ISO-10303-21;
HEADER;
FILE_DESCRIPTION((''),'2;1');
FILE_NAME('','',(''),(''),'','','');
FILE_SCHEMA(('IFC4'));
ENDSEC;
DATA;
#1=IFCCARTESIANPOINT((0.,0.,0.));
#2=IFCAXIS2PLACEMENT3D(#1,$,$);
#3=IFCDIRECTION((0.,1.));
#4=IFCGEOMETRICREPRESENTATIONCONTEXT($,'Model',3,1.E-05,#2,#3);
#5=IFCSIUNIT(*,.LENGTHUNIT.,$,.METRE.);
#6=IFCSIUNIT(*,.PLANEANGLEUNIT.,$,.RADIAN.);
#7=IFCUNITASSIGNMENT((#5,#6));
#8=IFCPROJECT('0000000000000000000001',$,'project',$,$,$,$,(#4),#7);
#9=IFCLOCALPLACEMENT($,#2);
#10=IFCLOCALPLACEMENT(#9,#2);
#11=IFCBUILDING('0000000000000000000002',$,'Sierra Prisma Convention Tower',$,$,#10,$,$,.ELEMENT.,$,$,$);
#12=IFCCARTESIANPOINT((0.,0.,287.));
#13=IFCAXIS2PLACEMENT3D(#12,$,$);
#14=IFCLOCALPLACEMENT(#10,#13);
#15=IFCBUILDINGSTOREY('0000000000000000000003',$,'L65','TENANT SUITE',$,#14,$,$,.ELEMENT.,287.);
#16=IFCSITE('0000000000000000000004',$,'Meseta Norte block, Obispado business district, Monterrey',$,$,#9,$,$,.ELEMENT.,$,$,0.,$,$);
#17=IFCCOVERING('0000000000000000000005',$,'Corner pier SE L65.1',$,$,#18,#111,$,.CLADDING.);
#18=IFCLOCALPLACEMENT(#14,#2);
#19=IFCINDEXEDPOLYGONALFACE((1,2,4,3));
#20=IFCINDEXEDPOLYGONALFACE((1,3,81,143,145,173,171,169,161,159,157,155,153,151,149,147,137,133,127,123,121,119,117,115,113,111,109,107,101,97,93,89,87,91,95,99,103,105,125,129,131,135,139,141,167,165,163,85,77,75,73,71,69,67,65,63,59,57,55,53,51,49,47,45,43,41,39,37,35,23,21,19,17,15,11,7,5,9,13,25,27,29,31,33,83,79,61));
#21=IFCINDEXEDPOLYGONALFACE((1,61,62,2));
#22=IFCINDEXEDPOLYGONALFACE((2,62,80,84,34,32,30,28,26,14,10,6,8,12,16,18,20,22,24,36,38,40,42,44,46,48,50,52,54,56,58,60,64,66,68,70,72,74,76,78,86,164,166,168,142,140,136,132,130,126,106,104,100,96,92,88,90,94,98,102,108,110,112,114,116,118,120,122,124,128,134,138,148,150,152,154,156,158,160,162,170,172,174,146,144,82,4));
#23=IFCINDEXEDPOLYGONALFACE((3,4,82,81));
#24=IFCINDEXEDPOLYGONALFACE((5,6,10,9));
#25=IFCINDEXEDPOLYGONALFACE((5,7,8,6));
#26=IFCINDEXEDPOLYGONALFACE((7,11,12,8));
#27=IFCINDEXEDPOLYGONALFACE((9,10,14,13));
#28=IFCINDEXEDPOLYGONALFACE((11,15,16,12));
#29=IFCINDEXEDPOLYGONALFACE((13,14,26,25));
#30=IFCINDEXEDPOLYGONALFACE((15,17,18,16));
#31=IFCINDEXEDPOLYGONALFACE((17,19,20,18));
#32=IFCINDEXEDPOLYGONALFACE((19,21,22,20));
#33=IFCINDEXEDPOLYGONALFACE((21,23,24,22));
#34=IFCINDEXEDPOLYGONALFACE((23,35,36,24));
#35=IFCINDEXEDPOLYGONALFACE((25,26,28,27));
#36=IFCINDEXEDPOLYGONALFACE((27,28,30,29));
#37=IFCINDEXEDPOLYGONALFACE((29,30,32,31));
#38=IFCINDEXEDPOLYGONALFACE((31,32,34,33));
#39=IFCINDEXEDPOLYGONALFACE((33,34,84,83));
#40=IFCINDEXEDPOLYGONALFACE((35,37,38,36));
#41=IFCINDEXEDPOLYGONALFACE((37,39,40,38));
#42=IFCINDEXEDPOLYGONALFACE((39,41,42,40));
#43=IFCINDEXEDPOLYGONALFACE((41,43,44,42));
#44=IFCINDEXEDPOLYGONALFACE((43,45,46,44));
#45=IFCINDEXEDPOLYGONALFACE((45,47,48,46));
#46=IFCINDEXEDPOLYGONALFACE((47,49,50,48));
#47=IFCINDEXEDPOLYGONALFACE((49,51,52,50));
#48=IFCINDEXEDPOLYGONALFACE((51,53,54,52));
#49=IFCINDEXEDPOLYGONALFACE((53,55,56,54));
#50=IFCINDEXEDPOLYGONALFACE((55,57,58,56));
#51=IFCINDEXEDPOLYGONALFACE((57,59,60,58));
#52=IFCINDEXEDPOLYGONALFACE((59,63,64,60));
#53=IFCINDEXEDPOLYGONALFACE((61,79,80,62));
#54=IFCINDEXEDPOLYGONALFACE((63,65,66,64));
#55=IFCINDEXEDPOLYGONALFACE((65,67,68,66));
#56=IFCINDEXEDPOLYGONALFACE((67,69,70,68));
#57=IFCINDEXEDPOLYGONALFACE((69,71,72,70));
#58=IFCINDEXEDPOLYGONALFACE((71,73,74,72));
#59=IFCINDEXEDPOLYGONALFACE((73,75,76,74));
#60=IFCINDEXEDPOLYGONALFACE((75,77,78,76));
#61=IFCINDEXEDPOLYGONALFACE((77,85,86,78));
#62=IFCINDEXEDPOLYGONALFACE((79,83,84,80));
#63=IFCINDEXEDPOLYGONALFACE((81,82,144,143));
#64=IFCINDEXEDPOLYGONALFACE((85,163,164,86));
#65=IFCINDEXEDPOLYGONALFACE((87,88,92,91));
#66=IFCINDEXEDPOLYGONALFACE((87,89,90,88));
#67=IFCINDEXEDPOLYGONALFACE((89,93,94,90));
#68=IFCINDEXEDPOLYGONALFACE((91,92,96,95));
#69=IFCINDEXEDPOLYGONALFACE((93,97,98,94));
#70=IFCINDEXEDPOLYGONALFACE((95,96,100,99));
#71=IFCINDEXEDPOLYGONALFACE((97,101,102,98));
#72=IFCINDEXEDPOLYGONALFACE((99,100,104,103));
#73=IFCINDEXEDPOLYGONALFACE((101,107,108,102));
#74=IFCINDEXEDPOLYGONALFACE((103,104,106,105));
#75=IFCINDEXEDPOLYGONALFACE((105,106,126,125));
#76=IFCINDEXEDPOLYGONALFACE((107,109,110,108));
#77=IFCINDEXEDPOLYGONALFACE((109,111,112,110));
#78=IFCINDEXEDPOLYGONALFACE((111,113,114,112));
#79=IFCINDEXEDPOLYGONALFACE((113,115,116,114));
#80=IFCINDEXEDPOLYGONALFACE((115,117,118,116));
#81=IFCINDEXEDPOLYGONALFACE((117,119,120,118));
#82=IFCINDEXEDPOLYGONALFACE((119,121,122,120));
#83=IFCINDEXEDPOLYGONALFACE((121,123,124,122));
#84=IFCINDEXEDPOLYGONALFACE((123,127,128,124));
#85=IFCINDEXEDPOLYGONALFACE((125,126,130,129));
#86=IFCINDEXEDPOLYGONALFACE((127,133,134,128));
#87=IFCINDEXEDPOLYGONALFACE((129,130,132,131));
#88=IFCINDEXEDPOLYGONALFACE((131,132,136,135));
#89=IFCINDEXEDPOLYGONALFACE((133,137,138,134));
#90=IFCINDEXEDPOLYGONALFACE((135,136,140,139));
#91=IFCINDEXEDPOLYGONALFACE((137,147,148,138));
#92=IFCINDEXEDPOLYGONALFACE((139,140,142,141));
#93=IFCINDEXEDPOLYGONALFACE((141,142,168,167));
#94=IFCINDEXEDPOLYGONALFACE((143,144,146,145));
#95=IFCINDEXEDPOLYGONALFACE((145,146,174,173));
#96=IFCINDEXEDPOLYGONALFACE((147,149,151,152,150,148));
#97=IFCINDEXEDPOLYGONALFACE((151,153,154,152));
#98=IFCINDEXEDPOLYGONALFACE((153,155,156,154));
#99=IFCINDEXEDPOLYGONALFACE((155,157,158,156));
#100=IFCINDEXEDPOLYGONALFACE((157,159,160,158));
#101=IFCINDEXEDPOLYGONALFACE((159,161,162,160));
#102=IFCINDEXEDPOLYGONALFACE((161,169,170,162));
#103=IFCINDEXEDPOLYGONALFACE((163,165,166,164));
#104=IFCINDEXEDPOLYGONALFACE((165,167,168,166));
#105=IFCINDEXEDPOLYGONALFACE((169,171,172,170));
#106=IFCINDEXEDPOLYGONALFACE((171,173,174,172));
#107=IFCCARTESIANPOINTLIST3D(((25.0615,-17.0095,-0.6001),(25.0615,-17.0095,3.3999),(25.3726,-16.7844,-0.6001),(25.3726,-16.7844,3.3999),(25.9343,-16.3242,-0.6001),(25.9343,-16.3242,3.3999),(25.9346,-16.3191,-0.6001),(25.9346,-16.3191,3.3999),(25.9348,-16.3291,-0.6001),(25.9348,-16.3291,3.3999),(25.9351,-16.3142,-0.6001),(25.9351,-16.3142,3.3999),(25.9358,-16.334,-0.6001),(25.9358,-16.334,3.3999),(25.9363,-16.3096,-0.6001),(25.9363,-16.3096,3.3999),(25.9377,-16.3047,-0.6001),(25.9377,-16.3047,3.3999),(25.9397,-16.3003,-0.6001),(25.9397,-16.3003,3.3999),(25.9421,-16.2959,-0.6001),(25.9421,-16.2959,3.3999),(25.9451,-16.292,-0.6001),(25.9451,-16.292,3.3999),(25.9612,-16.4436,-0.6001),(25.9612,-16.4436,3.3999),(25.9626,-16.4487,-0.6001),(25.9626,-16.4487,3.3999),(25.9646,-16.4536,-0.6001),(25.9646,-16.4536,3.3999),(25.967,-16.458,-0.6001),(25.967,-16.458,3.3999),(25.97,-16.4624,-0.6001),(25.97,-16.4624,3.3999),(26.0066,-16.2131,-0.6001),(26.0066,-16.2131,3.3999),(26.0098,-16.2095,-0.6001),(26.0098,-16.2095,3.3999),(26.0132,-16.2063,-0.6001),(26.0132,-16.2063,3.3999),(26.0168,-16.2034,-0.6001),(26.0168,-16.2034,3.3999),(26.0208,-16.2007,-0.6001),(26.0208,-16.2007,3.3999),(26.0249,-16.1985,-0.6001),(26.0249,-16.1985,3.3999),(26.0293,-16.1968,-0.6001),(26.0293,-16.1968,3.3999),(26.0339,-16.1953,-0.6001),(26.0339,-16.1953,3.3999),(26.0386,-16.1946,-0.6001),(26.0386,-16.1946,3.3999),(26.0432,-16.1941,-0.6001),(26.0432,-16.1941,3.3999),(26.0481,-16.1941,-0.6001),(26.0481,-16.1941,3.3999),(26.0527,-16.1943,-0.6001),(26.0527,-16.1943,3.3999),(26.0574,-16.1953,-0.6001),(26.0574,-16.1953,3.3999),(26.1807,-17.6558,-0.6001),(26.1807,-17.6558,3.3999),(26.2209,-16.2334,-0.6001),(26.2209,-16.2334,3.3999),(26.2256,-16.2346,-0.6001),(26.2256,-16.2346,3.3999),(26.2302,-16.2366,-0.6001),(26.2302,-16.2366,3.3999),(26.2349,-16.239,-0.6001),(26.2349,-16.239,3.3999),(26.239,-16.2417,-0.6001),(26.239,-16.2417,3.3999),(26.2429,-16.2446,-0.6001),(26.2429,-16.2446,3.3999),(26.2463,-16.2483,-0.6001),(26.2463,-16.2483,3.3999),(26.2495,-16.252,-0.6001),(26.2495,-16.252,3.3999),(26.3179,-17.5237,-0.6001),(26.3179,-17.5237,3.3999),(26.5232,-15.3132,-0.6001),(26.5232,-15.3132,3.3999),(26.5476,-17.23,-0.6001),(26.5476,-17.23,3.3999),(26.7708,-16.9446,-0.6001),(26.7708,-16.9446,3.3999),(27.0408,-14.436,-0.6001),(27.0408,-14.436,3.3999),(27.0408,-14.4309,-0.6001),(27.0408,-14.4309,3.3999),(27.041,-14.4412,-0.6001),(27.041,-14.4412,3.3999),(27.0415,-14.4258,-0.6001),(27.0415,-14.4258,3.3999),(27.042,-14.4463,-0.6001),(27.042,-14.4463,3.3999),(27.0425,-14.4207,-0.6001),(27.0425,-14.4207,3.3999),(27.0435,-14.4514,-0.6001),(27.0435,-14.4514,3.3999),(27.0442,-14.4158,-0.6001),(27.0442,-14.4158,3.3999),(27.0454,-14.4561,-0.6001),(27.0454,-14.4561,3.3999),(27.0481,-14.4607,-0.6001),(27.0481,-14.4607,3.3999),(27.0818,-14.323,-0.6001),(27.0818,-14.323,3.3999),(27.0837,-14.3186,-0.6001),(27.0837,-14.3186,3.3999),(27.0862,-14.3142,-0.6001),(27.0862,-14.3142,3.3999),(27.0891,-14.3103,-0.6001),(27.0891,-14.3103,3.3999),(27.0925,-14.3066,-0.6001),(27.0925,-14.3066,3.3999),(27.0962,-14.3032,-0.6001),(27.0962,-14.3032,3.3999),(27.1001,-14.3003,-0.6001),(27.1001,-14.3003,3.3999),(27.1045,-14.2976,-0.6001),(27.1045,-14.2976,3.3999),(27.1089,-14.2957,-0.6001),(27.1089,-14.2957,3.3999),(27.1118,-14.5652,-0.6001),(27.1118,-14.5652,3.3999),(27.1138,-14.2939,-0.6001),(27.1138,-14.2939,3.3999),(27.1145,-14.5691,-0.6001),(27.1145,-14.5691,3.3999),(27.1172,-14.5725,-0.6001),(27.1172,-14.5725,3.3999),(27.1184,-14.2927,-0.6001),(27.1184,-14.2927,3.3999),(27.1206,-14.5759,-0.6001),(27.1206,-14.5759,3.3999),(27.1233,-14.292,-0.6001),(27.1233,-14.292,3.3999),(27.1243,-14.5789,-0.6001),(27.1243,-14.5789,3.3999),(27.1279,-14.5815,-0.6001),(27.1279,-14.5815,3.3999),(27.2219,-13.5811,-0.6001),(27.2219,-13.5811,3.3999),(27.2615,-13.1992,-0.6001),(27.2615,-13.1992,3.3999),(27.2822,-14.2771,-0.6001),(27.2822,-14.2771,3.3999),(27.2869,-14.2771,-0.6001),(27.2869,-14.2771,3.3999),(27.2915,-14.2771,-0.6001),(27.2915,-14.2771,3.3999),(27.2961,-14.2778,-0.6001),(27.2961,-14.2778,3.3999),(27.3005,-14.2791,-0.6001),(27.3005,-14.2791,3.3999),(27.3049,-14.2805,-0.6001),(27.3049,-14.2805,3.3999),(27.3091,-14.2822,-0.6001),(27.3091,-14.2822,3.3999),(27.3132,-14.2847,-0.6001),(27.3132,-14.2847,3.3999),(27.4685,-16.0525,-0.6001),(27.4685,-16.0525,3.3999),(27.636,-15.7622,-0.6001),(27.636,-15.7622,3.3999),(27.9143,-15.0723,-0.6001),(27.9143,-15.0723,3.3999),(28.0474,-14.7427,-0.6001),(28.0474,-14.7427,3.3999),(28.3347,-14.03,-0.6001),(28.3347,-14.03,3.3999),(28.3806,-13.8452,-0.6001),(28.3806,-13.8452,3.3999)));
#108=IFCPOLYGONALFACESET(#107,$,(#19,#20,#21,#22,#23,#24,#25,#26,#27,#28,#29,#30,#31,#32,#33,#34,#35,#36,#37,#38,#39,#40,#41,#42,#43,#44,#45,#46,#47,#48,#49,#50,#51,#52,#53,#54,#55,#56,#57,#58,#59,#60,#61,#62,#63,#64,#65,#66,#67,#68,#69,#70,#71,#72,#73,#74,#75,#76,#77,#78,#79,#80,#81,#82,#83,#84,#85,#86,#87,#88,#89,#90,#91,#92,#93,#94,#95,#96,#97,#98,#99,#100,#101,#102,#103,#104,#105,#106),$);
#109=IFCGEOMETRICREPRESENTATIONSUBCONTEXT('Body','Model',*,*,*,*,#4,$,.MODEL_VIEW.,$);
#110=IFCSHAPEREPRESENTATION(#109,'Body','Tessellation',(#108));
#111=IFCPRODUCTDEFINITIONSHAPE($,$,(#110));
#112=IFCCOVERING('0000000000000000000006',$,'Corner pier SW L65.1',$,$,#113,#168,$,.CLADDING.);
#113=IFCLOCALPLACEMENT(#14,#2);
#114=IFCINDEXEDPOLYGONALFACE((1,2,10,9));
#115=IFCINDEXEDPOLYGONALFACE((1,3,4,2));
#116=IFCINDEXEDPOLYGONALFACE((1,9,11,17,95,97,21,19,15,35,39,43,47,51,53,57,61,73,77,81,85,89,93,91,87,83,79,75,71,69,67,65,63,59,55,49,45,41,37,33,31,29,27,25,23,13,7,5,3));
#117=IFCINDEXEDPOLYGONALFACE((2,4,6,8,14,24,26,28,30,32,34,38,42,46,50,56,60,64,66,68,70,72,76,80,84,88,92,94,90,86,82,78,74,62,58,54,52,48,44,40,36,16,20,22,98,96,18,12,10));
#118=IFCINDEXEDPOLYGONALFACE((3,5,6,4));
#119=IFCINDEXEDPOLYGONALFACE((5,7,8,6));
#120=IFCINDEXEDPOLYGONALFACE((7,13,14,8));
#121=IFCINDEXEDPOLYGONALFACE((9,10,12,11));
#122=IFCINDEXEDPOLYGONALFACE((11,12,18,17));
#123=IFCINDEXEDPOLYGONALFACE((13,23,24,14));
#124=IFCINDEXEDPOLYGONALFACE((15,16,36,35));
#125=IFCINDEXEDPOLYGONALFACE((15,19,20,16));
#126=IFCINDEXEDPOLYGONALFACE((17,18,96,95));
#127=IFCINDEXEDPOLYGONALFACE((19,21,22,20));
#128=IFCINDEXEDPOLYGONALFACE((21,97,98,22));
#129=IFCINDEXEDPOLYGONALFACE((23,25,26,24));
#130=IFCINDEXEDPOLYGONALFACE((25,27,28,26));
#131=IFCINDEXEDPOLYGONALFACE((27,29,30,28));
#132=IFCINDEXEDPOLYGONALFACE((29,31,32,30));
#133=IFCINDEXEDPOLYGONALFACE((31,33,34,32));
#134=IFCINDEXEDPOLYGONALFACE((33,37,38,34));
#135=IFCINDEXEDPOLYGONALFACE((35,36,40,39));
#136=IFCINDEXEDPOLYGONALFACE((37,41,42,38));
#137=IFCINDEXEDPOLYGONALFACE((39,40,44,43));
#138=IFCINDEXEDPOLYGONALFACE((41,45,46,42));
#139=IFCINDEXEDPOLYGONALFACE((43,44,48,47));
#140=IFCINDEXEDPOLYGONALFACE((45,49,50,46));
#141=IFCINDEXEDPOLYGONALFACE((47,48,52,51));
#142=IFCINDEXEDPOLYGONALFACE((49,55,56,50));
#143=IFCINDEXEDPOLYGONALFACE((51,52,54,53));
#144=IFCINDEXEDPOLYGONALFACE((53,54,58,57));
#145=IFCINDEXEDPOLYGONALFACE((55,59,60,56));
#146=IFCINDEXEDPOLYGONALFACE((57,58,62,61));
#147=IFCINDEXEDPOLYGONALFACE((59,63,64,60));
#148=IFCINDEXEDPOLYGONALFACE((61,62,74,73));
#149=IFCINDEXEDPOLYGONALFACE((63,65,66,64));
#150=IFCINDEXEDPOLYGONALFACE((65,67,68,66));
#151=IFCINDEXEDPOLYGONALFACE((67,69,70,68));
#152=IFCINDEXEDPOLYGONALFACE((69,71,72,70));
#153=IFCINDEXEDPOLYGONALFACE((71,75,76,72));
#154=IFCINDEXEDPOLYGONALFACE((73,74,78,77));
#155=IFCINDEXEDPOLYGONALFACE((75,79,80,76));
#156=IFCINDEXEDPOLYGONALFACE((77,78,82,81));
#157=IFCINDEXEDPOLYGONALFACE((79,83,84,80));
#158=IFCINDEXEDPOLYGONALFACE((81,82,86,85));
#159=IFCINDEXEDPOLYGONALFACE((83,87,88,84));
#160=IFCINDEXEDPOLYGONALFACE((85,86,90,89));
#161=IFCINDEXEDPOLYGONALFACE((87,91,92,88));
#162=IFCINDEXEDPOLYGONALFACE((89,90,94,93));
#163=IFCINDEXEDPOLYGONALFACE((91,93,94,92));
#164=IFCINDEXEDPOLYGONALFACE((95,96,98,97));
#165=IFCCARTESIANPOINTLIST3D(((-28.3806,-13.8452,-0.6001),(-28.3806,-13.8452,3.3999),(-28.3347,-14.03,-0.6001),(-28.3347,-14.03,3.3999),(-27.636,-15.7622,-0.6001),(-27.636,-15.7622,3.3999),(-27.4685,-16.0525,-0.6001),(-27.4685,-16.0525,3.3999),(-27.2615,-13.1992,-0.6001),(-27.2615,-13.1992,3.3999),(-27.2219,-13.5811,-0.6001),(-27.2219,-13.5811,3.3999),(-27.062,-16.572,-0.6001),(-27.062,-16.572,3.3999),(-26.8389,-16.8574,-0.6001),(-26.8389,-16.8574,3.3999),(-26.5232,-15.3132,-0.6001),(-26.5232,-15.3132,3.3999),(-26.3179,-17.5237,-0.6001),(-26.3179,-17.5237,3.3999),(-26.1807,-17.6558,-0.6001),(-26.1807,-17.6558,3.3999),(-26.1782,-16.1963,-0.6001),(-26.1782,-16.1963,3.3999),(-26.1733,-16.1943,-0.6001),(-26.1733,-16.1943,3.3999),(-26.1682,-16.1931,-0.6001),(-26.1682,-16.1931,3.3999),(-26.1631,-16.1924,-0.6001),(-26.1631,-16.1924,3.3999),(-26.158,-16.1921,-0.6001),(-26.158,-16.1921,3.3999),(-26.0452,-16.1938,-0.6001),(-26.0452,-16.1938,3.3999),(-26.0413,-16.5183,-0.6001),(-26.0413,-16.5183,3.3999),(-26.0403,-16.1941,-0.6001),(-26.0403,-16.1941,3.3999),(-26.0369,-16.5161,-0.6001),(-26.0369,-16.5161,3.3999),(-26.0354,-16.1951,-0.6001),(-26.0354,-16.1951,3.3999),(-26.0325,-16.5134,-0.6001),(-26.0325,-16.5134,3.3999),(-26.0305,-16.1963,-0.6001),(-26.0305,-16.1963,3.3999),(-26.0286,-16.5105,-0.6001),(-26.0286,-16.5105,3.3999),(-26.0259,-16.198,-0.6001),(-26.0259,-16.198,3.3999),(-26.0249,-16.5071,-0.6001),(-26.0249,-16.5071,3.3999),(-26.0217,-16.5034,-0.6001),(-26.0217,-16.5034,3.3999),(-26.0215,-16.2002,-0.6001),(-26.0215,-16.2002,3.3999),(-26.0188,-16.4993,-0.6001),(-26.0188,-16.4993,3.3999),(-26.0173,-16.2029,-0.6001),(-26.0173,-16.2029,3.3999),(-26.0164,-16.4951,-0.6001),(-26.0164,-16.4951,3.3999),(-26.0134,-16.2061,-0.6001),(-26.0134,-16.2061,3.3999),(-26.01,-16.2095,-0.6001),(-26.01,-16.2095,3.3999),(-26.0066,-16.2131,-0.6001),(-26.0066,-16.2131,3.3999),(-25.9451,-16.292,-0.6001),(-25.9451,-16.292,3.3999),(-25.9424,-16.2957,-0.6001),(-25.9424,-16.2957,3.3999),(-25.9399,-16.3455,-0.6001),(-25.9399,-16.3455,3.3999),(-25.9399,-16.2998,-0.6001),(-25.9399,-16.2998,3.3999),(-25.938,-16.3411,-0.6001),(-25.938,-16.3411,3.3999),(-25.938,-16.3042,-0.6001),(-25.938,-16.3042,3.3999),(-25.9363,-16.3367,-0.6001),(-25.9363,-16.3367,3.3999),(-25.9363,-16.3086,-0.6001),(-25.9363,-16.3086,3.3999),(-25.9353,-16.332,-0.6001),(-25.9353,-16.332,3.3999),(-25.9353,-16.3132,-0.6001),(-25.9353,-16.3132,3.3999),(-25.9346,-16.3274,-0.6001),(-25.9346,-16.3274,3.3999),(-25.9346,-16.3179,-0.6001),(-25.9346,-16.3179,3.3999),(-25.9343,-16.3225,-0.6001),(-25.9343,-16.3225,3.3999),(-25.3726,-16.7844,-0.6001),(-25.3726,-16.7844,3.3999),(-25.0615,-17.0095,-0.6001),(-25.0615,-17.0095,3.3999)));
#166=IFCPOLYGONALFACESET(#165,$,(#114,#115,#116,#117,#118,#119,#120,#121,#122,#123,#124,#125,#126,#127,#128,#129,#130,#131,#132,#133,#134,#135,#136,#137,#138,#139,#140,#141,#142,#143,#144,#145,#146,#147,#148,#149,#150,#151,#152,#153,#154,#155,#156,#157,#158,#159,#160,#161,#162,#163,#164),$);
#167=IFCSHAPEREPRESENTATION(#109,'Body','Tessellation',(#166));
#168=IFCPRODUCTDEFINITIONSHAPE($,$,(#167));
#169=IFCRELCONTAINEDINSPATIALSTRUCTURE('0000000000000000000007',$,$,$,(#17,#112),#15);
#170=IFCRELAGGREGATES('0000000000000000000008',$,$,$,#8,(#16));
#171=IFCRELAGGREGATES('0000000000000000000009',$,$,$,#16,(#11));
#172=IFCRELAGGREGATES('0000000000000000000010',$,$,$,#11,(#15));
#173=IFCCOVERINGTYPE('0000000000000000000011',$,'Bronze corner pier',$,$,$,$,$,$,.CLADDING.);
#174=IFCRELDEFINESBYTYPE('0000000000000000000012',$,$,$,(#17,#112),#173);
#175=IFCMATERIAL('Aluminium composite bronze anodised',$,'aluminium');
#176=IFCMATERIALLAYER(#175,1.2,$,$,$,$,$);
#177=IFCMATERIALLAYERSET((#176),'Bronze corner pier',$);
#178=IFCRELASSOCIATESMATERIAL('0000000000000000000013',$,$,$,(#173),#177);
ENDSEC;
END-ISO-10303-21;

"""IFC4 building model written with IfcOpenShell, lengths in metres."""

from ifc_helpers import new_model, si_unit, direction, frame, origin, place, context, subcontext, project, spatial, polyline, outline, extrude, material, layer, layer_set, type_object, element, save


model = new_model("IFC4")

# Units and contexts
model_context = context("Model", 3, precision=1e-05, world=origin(), true_north=direction((0.0, 1.0)))
body_context = subcontext(model_context, "Body", "Model", "MODEL_VIEW")
ifc_project = project(units=[si_unit("LENGTHUNIT", "METRE"), si_unit("PLANEANGLEUNIT", "RADIAN")], contexts=[model_context])

# Site, building, storey
site_placement = place(None, origin())
site = spatial("IfcSite", under=ifc_project, at=site_placement, Name="Meseta Norte block, Obispado business district, Monterrey", CompositionType="ELEMENT", RefElevation=0.0)
building_placement = place(site_placement, origin())
building = spatial("IfcBuilding", under=site, at=building_placement, Name="Sierra Prisma Convention Tower", CompositionType="ELEMENT")
storey_placement = place(building_placement, frame((0.0, 0.0, 287.0)))
storey = spatial("IfcBuildingStorey", under=building, at=storey_placement, Name="L65", Description="TENANT SUITE", CompositionType="ELEMENT", Elevation=287.0)

# Coverings
ifc_material_1 = material(Name="Aluminium composite bronze anodised", Category="aluminium")
ifc_layer_1 = layer(ifc_material_1, 1.2)
ifc_layer_set_1 = layer_set([ifc_layer_1], Name="Bronze corner pier")
covering_type_1 = type_object("IfcCoveringType", Name="Bronze corner pier", PredefinedType="CLADDING", material=ifc_layer_set_1)
covering_1_placement = place(storey_placement, frame((0.0, 0.0, -0.6001)))
element("IfcCovering", 1, at=covering_1_placement, inside=storey, type_object=covering_type_1, Name="Corner pier SE L65.1", PredefinedType="CLADDING", context=body_context, shape_type="SweptSolid", body=[
    extrude(outline(polyline([(27.1001, -14.3003), (27.0962, -14.3032), (27.0925, -14.3066), (27.0891, -14.3103), (27.0862, -14.3142), (27.0837, -14.3186), (27.0818, -14.323), (27.0442, -14.4158), (27.0425, -14.4207), (27.0415, -14.4258), (27.0408, -14.4309), (27.0408, -14.436), (27.041, -14.4412), (27.042, -14.4463), (27.0435, -14.4514), (27.0454, -14.4561), (27.0481, -14.4607), (27.1118, -14.5652), (27.1145, -14.5691), (27.1172, -14.5725), (27.1206, -14.5759), (27.1243, -14.5789), (27.1279, -14.5815), (27.9143, -15.0723), (27.636, -15.7622), (27.4685, -16.0525), (26.7708, -16.9446), (26.2495, -16.252), (26.2463, -16.2483), (26.2429, -16.2446), (26.239, -16.2417), (26.2349, -16.239), (26.2302, -16.2366), (26.2256, -16.2346), (26.2209, -16.2334), (26.0574, -16.1953), (26.0527, -16.1943), (26.0481, -16.1941), (26.0432, -16.1941), (26.0386, -16.1946), (26.0339, -16.1953), (26.0293, -16.1968), (26.0249, -16.1985), (26.0208, -16.2007), (26.0168, -16.2034), (26.0132, -16.2063), (26.0098, -16.2095), (26.0066, -16.2131), (25.9451, -16.292), (25.9421, -16.2959), (25.9397, -16.3003), (25.9377, -16.3047), (25.9363, -16.3096), (25.9351, -16.3142), (25.9346, -16.3191), (25.9343, -16.3242), (25.9348, -16.3291), (25.9358, -16.334), (25.9612, -16.4436), (25.9626, -16.4487), (25.9646, -16.4536), (25.967, -16.458), (25.97, -16.4624), (26.5476, -17.23), (26.3179, -17.5237), (26.1807, -17.6558), (25.0615, -17.0095), (25.3726, -16.7844), (26.5232, -15.3132), (27.2219, -13.5811), (27.2615, -13.1992), (28.3806, -13.8452), (28.3347, -14.03), (28.0474, -14.7427), (27.3132, -14.2847), (27.3091, -14.2822), (27.3049, -14.2805), (27.3005, -14.2791), (27.2961, -14.2778), (27.2915, -14.2771), (27.2869, -14.2771), (27.2822, -14.2771), (27.1233, -14.292), (27.1184, -14.2927), (27.1138, -14.2939), (27.1089, -14.2957), (27.1045, -14.2976), (27.1001, -14.3003)])), origin(), (0.0, 0.0, 1.0), 4.0),
])
covering_2_placement = place(storey_placement, frame((0.0, 0.0, -0.6001)))
element("IfcCovering", 2, at=covering_2_placement, inside=storey, type_object=covering_type_1, Name="Corner pier SW L65.1", PredefinedType="CLADDING", context=body_context, shape_type="SweptSolid", body=[
    extrude(outline(polyline([(-26.0325, -16.5134), (-26.0286, -16.5105), (-26.0249, -16.5071), (-26.0217, -16.5034), (-26.0188, -16.4993), (-26.0164, -16.4951), (-25.9399, -16.3455), (-25.938, -16.3411), (-25.9363, -16.3367), (-25.9353, -16.332), (-25.9346, -16.3274), (-25.9343, -16.3225), (-25.9346, -16.3179), (-25.9353, -16.3132), (-25.9363, -16.3086), (-25.938, -16.3042), (-25.9399, -16.2998), (-25.9424, -16.2957), (-25.9451, -16.292), (-26.0066, -16.2131), (-26.01, -16.2095), (-26.0134, -16.2061), (-26.0173, -16.2029), (-26.0215, -16.2002), (-26.0259, -16.198), (-26.0305, -16.1963), (-26.0354, -16.1951), (-26.0403, -16.1941), (-26.0452, -16.1938), (-26.158, -16.1921), (-26.1631, -16.1924), (-26.1682, -16.1931), (-26.1733, -16.1943), (-26.1782, -16.1963), (-27.062, -16.572), (-27.4685, -16.0525), (-27.636, -15.7622), (-28.3347, -14.03), (-28.3806, -13.8452), (-27.2615, -13.1992), (-27.2219, -13.5811), (-26.5232, -15.3132), (-25.3726, -16.7844), (-25.0615, -17.0095), (-26.1807, -17.6558), (-26.3179, -17.5237), (-26.8389, -16.8574), (-26.0413, -16.5183), (-26.0369, -16.5161), (-26.0325, -16.5134)])), origin(), (0.0, 0.0, 1.0), 4.0),
])

save(model, "model.ifc")
